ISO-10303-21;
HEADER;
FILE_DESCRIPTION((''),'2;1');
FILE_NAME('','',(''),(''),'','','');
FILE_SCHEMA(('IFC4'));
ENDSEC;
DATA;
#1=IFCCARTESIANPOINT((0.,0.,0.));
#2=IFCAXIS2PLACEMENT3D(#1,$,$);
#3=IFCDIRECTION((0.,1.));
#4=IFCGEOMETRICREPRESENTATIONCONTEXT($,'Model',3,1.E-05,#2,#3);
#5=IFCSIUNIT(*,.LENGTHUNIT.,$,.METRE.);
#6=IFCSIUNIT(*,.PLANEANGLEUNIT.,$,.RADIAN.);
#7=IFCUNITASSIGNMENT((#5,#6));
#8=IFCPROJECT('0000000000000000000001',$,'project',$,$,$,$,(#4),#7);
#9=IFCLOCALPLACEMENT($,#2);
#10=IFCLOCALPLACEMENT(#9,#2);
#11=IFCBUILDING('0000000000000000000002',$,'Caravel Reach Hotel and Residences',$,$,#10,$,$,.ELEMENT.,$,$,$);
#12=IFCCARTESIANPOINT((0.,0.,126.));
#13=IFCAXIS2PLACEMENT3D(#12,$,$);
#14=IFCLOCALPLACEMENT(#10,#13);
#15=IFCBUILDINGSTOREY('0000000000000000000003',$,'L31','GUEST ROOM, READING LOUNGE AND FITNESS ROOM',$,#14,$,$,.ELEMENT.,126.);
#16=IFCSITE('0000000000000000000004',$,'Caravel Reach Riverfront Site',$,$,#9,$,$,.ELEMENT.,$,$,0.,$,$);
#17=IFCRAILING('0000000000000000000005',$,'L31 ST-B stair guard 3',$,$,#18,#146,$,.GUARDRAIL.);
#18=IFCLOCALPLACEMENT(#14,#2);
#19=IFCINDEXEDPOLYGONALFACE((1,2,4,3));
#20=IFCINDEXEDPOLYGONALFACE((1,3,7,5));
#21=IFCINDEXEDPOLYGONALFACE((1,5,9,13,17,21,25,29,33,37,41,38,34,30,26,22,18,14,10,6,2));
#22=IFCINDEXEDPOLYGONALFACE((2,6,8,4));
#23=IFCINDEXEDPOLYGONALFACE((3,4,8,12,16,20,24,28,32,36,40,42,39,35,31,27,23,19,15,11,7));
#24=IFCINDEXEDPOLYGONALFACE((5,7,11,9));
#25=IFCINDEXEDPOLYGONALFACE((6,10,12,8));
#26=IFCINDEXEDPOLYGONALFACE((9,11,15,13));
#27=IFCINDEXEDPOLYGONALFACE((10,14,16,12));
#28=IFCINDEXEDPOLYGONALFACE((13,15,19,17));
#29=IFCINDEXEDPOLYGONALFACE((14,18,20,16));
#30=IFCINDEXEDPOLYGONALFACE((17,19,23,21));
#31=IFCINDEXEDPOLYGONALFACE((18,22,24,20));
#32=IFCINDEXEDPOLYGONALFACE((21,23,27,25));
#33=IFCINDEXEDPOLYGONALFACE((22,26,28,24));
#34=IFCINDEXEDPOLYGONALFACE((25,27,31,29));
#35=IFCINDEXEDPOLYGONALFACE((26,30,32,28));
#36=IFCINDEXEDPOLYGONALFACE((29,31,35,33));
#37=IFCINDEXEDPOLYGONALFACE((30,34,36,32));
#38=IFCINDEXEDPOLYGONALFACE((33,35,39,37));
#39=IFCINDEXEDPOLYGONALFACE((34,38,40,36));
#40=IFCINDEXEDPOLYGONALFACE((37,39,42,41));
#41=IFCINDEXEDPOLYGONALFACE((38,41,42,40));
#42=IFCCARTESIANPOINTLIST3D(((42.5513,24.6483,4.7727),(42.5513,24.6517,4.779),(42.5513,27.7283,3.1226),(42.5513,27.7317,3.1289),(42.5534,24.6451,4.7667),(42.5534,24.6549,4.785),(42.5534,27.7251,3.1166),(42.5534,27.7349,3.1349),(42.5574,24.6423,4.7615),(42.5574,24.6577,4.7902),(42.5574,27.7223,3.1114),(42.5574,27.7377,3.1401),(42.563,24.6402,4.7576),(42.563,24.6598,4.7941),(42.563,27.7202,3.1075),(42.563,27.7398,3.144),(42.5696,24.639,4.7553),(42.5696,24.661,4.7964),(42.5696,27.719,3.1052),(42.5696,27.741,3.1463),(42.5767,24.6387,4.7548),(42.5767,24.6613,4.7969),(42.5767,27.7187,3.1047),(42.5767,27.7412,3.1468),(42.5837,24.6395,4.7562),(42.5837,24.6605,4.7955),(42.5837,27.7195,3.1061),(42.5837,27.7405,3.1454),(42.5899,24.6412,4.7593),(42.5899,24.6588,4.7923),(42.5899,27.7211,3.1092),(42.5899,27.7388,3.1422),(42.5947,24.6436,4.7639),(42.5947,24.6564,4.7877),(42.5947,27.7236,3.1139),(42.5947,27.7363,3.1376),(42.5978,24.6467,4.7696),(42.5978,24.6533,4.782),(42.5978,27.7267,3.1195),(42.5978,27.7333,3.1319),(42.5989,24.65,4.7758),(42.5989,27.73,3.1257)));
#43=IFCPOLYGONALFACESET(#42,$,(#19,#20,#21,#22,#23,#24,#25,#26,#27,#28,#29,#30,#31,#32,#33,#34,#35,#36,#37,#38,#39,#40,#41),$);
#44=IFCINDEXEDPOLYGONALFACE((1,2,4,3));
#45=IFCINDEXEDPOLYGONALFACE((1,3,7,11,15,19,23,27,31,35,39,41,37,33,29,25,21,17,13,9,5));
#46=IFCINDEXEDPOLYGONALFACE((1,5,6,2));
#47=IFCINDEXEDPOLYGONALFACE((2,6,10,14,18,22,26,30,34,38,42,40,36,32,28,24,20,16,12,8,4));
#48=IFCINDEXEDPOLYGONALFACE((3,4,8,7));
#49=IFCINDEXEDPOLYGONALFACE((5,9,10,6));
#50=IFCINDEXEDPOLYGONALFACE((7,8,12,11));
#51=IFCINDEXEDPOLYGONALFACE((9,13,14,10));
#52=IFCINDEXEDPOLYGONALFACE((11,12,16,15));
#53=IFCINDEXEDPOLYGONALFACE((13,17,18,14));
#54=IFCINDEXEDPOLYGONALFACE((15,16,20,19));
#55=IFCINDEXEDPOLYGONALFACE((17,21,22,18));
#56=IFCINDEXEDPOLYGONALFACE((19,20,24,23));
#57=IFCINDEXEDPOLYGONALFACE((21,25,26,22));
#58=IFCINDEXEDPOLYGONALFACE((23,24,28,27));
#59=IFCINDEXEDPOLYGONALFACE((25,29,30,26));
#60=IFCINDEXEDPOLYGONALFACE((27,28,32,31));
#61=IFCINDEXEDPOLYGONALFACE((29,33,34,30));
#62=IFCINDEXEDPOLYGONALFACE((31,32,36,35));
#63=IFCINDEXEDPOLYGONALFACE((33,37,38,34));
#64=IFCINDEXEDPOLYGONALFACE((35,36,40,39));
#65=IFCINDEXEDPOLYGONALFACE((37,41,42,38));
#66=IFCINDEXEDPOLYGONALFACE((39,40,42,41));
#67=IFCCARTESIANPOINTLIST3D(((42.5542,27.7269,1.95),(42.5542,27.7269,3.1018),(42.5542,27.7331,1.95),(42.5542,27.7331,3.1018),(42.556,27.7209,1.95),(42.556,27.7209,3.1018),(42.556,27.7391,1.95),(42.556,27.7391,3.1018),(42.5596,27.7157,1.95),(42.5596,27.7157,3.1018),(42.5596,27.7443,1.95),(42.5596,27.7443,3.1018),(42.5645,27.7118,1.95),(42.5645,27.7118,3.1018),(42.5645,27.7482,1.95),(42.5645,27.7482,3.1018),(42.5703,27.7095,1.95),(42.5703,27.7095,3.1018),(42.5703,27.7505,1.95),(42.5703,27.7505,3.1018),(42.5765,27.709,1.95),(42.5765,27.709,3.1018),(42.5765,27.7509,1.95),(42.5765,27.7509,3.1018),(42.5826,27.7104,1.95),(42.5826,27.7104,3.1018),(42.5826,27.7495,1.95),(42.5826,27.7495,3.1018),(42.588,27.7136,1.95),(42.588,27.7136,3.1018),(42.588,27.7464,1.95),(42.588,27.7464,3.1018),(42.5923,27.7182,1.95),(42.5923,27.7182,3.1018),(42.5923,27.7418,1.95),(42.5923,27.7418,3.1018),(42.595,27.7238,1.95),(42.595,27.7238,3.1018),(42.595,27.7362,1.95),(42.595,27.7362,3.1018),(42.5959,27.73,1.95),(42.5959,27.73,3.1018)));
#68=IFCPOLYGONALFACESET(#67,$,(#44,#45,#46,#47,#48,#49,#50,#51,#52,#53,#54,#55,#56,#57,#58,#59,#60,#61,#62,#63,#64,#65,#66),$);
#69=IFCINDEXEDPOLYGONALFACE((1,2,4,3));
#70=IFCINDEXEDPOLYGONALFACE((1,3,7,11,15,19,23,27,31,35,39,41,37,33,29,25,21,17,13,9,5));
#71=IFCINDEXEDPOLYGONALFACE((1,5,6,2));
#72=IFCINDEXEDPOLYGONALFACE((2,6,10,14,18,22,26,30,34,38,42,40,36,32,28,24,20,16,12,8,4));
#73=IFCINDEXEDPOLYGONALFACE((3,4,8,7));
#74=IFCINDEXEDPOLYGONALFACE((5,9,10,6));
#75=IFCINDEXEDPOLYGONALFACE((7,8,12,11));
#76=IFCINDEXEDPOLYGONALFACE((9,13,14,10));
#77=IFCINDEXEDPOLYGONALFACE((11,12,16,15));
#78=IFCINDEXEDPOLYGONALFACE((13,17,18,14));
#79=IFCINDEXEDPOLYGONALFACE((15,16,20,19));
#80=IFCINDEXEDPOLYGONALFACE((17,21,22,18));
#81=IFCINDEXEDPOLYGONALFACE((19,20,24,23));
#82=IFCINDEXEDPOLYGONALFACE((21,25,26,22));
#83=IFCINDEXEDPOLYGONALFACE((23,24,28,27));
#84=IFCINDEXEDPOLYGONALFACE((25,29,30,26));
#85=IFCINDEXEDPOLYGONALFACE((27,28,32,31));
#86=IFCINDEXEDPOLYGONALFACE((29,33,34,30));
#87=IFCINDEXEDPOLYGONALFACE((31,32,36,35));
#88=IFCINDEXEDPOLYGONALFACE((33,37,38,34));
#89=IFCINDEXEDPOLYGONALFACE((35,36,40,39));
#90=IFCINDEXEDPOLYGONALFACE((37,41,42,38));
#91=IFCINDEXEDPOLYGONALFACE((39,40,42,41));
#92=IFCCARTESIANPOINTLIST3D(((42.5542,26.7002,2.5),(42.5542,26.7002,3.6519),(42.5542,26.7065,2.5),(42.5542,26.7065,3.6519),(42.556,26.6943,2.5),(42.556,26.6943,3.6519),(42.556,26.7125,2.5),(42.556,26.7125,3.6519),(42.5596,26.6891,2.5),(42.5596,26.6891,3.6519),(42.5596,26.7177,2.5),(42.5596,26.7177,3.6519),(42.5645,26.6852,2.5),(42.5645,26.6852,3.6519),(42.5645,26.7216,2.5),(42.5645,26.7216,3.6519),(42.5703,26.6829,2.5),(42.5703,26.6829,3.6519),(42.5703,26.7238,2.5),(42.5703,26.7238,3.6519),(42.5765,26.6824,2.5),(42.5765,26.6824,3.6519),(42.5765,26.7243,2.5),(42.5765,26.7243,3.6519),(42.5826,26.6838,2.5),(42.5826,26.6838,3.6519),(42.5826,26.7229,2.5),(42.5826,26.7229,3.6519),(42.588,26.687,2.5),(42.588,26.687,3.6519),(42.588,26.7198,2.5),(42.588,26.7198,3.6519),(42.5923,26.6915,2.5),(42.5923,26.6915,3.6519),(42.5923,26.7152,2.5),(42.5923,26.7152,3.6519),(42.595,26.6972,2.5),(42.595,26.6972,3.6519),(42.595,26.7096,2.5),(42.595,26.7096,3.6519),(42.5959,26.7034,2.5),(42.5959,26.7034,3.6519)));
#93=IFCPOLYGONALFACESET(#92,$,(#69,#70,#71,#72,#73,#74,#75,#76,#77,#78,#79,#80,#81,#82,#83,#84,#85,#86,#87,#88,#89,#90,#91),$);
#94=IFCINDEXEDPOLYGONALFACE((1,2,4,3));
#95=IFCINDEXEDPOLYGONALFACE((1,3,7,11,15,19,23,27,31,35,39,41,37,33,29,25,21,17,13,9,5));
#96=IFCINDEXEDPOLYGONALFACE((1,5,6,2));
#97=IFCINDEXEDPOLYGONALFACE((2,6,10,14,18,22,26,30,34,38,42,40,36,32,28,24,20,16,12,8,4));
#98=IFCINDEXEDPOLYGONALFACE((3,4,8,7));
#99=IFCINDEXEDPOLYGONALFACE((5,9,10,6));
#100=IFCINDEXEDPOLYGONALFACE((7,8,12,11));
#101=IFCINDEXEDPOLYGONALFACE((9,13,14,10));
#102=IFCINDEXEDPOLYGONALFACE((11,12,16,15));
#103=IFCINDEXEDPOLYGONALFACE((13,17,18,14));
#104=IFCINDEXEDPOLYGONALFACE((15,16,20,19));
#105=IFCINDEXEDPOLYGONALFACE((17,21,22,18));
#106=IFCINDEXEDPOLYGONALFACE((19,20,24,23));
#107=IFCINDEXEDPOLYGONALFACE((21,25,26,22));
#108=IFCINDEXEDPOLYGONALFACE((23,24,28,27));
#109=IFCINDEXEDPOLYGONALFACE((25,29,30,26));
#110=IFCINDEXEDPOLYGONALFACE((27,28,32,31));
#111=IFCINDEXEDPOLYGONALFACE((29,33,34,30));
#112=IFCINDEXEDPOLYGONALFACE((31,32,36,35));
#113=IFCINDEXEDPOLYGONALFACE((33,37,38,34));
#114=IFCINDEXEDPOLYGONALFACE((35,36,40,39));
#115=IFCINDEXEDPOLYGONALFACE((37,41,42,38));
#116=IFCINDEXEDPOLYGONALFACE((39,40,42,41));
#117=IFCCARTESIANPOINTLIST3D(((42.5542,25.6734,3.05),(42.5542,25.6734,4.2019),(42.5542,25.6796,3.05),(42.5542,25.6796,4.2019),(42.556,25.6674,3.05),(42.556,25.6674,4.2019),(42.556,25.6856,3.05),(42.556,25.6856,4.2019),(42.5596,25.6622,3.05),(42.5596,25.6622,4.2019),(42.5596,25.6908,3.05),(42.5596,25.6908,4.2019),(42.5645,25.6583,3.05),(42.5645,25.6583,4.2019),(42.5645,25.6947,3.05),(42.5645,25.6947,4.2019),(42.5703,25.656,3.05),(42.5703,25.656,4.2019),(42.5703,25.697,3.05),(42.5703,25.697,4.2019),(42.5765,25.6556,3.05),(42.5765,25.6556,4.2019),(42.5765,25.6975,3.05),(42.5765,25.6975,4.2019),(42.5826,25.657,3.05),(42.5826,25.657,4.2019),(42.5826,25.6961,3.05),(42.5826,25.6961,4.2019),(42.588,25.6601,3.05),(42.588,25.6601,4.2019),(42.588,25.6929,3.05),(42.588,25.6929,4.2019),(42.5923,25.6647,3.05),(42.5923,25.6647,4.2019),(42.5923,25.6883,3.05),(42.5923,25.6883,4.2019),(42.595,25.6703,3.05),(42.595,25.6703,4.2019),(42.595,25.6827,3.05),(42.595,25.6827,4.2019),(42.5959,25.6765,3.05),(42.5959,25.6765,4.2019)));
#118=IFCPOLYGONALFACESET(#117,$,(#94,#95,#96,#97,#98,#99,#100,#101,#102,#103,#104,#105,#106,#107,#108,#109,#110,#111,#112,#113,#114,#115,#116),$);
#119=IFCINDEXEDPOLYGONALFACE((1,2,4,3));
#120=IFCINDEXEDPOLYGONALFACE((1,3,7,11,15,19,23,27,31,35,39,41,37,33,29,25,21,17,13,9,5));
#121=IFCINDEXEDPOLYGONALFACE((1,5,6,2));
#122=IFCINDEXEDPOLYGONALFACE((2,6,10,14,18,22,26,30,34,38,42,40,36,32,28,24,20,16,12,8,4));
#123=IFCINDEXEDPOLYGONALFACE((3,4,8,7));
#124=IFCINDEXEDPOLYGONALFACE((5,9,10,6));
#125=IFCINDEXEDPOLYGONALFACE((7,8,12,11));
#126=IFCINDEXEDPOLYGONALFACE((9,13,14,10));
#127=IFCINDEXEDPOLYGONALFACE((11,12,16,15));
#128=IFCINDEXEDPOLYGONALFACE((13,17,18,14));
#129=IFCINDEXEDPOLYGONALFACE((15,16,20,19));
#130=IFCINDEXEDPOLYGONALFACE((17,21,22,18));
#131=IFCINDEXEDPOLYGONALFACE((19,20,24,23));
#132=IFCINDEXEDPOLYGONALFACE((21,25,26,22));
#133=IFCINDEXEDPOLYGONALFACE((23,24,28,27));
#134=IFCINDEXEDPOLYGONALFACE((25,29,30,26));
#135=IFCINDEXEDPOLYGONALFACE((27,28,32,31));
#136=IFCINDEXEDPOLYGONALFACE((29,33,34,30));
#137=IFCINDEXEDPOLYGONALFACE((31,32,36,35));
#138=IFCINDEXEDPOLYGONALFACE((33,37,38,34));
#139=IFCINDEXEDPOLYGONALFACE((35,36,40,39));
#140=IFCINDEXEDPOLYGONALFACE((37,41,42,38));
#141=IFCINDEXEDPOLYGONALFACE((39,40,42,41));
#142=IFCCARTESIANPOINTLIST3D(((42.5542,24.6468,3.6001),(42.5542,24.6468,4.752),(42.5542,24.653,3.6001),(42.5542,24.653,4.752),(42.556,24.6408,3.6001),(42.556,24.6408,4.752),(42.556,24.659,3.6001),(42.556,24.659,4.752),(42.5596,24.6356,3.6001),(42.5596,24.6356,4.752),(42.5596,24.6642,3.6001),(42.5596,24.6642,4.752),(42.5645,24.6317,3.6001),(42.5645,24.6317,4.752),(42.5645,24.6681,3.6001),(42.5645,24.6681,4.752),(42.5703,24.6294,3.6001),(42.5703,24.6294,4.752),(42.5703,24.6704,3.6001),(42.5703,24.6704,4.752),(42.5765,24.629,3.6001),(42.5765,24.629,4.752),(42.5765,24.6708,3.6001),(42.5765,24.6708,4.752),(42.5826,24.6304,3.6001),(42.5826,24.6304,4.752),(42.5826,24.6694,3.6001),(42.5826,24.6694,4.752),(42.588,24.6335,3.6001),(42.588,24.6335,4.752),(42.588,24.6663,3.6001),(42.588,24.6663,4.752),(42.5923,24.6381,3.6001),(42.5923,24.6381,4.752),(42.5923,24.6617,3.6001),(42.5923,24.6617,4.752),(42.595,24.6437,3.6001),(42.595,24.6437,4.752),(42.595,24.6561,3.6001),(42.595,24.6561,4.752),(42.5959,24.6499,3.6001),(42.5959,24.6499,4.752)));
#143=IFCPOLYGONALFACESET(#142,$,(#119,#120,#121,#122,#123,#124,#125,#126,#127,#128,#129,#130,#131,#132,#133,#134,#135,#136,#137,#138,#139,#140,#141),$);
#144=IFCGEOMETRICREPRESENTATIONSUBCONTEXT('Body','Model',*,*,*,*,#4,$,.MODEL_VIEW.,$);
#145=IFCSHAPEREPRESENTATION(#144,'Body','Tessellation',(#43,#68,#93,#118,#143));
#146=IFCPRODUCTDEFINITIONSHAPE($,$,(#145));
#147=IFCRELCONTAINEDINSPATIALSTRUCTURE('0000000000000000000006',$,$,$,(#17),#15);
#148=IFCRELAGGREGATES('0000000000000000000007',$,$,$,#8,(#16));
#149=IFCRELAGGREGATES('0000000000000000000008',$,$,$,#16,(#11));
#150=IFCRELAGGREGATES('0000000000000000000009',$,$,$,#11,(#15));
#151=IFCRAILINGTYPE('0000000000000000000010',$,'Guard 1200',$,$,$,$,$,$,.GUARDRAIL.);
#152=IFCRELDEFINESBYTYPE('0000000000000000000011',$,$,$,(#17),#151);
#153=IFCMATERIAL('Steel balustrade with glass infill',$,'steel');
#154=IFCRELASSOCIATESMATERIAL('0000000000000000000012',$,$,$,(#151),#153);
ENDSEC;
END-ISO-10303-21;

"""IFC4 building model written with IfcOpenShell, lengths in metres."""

from ifc_helpers import new_model, si_unit, direction, frame, origin, origin_2d, place, context, subcontext, project, spatial, circle, extrude, material, type_object, element, save


model = new_model("IFC4")

# Units and contexts
model_context = context("Model", 3, precision=1e-05, world=origin(), true_north=direction((0.0, 1.0)))
body_context = subcontext(model_context, "Body", "Model", "MODEL_VIEW")
ifc_project = project(units=[si_unit("LENGTHUNIT", "METRE"), si_unit("PLANEANGLEUNIT", "RADIAN")], contexts=[model_context])

# Site, building, storey
site_placement = place(None, origin())
site = spatial("IfcSite", under=ifc_project, at=site_placement, Name="Caravel Reach Riverfront Site", CompositionType="ELEMENT", RefElevation=0.0)
building_placement = place(site_placement, origin())
building = spatial("IfcBuilding", under=site, at=building_placement, Name="Caravel Reach Hotel and Residences", CompositionType="ELEMENT")
storey_placement = place(building_placement, frame((0.0, 0.0, 126.0)))
storey = spatial("IfcBuildingStorey", under=building, at=storey_placement, Name="L31", Description="GUEST ROOM, READING LOUNGE AND FITNESS ROOM", CompositionType="ELEMENT", Elevation=126.0)

# Railing
ifc_material_1 = material(Name="Steel balustrade with glass infill", Category="steel")
railing_type_1 = type_object("IfcRailingType", Name="Guard 1200", PredefinedType="GUARDRAIL", material=ifc_material_1)
railing_1_placement = place(storey_placement, frame((42.575, 27.73, 1.95)))
element("IfcRailing", 1, at=railing_1_placement, inside=storey, type_object=railing_type_1, Name="L31 ST-B stair guard 3", PredefinedType="GUARDRAIL", context=body_context, shape_type="SweptSolid", body=[
    extrude(circle(Radius=0.0239, at=origin_2d()), frame((0.0, 0.0, 1.1758), z_axis=(0.0, -0.881468, 0.472245), x_axis=(1.0, 0.0, 0.0)), (0.0, 0.0, 1.0), 3.4941),
    extrude(circle(Radius=0.021, at=origin_2d()), origin(), (0.0, 0.0, 1.0), 1.1519),
    extrude(circle(Radius=0.021, at=origin_2d()), frame((0.0, -1.0266, 0.55)), (0.0, 0.0, 1.0), 1.1519),
    extrude(circle(Radius=0.021, at=origin_2d()), frame((0.0, -2.0535, 1.1001)), (0.0, 0.0, 1.0), 1.1519),
    extrude(circle(Radius=0.021, at=origin_2d()), frame((0.0, -3.0801, 1.6501)), (0.0, 0.0, 1.0), 1.1519),
])

save(model, "model.ifc")
